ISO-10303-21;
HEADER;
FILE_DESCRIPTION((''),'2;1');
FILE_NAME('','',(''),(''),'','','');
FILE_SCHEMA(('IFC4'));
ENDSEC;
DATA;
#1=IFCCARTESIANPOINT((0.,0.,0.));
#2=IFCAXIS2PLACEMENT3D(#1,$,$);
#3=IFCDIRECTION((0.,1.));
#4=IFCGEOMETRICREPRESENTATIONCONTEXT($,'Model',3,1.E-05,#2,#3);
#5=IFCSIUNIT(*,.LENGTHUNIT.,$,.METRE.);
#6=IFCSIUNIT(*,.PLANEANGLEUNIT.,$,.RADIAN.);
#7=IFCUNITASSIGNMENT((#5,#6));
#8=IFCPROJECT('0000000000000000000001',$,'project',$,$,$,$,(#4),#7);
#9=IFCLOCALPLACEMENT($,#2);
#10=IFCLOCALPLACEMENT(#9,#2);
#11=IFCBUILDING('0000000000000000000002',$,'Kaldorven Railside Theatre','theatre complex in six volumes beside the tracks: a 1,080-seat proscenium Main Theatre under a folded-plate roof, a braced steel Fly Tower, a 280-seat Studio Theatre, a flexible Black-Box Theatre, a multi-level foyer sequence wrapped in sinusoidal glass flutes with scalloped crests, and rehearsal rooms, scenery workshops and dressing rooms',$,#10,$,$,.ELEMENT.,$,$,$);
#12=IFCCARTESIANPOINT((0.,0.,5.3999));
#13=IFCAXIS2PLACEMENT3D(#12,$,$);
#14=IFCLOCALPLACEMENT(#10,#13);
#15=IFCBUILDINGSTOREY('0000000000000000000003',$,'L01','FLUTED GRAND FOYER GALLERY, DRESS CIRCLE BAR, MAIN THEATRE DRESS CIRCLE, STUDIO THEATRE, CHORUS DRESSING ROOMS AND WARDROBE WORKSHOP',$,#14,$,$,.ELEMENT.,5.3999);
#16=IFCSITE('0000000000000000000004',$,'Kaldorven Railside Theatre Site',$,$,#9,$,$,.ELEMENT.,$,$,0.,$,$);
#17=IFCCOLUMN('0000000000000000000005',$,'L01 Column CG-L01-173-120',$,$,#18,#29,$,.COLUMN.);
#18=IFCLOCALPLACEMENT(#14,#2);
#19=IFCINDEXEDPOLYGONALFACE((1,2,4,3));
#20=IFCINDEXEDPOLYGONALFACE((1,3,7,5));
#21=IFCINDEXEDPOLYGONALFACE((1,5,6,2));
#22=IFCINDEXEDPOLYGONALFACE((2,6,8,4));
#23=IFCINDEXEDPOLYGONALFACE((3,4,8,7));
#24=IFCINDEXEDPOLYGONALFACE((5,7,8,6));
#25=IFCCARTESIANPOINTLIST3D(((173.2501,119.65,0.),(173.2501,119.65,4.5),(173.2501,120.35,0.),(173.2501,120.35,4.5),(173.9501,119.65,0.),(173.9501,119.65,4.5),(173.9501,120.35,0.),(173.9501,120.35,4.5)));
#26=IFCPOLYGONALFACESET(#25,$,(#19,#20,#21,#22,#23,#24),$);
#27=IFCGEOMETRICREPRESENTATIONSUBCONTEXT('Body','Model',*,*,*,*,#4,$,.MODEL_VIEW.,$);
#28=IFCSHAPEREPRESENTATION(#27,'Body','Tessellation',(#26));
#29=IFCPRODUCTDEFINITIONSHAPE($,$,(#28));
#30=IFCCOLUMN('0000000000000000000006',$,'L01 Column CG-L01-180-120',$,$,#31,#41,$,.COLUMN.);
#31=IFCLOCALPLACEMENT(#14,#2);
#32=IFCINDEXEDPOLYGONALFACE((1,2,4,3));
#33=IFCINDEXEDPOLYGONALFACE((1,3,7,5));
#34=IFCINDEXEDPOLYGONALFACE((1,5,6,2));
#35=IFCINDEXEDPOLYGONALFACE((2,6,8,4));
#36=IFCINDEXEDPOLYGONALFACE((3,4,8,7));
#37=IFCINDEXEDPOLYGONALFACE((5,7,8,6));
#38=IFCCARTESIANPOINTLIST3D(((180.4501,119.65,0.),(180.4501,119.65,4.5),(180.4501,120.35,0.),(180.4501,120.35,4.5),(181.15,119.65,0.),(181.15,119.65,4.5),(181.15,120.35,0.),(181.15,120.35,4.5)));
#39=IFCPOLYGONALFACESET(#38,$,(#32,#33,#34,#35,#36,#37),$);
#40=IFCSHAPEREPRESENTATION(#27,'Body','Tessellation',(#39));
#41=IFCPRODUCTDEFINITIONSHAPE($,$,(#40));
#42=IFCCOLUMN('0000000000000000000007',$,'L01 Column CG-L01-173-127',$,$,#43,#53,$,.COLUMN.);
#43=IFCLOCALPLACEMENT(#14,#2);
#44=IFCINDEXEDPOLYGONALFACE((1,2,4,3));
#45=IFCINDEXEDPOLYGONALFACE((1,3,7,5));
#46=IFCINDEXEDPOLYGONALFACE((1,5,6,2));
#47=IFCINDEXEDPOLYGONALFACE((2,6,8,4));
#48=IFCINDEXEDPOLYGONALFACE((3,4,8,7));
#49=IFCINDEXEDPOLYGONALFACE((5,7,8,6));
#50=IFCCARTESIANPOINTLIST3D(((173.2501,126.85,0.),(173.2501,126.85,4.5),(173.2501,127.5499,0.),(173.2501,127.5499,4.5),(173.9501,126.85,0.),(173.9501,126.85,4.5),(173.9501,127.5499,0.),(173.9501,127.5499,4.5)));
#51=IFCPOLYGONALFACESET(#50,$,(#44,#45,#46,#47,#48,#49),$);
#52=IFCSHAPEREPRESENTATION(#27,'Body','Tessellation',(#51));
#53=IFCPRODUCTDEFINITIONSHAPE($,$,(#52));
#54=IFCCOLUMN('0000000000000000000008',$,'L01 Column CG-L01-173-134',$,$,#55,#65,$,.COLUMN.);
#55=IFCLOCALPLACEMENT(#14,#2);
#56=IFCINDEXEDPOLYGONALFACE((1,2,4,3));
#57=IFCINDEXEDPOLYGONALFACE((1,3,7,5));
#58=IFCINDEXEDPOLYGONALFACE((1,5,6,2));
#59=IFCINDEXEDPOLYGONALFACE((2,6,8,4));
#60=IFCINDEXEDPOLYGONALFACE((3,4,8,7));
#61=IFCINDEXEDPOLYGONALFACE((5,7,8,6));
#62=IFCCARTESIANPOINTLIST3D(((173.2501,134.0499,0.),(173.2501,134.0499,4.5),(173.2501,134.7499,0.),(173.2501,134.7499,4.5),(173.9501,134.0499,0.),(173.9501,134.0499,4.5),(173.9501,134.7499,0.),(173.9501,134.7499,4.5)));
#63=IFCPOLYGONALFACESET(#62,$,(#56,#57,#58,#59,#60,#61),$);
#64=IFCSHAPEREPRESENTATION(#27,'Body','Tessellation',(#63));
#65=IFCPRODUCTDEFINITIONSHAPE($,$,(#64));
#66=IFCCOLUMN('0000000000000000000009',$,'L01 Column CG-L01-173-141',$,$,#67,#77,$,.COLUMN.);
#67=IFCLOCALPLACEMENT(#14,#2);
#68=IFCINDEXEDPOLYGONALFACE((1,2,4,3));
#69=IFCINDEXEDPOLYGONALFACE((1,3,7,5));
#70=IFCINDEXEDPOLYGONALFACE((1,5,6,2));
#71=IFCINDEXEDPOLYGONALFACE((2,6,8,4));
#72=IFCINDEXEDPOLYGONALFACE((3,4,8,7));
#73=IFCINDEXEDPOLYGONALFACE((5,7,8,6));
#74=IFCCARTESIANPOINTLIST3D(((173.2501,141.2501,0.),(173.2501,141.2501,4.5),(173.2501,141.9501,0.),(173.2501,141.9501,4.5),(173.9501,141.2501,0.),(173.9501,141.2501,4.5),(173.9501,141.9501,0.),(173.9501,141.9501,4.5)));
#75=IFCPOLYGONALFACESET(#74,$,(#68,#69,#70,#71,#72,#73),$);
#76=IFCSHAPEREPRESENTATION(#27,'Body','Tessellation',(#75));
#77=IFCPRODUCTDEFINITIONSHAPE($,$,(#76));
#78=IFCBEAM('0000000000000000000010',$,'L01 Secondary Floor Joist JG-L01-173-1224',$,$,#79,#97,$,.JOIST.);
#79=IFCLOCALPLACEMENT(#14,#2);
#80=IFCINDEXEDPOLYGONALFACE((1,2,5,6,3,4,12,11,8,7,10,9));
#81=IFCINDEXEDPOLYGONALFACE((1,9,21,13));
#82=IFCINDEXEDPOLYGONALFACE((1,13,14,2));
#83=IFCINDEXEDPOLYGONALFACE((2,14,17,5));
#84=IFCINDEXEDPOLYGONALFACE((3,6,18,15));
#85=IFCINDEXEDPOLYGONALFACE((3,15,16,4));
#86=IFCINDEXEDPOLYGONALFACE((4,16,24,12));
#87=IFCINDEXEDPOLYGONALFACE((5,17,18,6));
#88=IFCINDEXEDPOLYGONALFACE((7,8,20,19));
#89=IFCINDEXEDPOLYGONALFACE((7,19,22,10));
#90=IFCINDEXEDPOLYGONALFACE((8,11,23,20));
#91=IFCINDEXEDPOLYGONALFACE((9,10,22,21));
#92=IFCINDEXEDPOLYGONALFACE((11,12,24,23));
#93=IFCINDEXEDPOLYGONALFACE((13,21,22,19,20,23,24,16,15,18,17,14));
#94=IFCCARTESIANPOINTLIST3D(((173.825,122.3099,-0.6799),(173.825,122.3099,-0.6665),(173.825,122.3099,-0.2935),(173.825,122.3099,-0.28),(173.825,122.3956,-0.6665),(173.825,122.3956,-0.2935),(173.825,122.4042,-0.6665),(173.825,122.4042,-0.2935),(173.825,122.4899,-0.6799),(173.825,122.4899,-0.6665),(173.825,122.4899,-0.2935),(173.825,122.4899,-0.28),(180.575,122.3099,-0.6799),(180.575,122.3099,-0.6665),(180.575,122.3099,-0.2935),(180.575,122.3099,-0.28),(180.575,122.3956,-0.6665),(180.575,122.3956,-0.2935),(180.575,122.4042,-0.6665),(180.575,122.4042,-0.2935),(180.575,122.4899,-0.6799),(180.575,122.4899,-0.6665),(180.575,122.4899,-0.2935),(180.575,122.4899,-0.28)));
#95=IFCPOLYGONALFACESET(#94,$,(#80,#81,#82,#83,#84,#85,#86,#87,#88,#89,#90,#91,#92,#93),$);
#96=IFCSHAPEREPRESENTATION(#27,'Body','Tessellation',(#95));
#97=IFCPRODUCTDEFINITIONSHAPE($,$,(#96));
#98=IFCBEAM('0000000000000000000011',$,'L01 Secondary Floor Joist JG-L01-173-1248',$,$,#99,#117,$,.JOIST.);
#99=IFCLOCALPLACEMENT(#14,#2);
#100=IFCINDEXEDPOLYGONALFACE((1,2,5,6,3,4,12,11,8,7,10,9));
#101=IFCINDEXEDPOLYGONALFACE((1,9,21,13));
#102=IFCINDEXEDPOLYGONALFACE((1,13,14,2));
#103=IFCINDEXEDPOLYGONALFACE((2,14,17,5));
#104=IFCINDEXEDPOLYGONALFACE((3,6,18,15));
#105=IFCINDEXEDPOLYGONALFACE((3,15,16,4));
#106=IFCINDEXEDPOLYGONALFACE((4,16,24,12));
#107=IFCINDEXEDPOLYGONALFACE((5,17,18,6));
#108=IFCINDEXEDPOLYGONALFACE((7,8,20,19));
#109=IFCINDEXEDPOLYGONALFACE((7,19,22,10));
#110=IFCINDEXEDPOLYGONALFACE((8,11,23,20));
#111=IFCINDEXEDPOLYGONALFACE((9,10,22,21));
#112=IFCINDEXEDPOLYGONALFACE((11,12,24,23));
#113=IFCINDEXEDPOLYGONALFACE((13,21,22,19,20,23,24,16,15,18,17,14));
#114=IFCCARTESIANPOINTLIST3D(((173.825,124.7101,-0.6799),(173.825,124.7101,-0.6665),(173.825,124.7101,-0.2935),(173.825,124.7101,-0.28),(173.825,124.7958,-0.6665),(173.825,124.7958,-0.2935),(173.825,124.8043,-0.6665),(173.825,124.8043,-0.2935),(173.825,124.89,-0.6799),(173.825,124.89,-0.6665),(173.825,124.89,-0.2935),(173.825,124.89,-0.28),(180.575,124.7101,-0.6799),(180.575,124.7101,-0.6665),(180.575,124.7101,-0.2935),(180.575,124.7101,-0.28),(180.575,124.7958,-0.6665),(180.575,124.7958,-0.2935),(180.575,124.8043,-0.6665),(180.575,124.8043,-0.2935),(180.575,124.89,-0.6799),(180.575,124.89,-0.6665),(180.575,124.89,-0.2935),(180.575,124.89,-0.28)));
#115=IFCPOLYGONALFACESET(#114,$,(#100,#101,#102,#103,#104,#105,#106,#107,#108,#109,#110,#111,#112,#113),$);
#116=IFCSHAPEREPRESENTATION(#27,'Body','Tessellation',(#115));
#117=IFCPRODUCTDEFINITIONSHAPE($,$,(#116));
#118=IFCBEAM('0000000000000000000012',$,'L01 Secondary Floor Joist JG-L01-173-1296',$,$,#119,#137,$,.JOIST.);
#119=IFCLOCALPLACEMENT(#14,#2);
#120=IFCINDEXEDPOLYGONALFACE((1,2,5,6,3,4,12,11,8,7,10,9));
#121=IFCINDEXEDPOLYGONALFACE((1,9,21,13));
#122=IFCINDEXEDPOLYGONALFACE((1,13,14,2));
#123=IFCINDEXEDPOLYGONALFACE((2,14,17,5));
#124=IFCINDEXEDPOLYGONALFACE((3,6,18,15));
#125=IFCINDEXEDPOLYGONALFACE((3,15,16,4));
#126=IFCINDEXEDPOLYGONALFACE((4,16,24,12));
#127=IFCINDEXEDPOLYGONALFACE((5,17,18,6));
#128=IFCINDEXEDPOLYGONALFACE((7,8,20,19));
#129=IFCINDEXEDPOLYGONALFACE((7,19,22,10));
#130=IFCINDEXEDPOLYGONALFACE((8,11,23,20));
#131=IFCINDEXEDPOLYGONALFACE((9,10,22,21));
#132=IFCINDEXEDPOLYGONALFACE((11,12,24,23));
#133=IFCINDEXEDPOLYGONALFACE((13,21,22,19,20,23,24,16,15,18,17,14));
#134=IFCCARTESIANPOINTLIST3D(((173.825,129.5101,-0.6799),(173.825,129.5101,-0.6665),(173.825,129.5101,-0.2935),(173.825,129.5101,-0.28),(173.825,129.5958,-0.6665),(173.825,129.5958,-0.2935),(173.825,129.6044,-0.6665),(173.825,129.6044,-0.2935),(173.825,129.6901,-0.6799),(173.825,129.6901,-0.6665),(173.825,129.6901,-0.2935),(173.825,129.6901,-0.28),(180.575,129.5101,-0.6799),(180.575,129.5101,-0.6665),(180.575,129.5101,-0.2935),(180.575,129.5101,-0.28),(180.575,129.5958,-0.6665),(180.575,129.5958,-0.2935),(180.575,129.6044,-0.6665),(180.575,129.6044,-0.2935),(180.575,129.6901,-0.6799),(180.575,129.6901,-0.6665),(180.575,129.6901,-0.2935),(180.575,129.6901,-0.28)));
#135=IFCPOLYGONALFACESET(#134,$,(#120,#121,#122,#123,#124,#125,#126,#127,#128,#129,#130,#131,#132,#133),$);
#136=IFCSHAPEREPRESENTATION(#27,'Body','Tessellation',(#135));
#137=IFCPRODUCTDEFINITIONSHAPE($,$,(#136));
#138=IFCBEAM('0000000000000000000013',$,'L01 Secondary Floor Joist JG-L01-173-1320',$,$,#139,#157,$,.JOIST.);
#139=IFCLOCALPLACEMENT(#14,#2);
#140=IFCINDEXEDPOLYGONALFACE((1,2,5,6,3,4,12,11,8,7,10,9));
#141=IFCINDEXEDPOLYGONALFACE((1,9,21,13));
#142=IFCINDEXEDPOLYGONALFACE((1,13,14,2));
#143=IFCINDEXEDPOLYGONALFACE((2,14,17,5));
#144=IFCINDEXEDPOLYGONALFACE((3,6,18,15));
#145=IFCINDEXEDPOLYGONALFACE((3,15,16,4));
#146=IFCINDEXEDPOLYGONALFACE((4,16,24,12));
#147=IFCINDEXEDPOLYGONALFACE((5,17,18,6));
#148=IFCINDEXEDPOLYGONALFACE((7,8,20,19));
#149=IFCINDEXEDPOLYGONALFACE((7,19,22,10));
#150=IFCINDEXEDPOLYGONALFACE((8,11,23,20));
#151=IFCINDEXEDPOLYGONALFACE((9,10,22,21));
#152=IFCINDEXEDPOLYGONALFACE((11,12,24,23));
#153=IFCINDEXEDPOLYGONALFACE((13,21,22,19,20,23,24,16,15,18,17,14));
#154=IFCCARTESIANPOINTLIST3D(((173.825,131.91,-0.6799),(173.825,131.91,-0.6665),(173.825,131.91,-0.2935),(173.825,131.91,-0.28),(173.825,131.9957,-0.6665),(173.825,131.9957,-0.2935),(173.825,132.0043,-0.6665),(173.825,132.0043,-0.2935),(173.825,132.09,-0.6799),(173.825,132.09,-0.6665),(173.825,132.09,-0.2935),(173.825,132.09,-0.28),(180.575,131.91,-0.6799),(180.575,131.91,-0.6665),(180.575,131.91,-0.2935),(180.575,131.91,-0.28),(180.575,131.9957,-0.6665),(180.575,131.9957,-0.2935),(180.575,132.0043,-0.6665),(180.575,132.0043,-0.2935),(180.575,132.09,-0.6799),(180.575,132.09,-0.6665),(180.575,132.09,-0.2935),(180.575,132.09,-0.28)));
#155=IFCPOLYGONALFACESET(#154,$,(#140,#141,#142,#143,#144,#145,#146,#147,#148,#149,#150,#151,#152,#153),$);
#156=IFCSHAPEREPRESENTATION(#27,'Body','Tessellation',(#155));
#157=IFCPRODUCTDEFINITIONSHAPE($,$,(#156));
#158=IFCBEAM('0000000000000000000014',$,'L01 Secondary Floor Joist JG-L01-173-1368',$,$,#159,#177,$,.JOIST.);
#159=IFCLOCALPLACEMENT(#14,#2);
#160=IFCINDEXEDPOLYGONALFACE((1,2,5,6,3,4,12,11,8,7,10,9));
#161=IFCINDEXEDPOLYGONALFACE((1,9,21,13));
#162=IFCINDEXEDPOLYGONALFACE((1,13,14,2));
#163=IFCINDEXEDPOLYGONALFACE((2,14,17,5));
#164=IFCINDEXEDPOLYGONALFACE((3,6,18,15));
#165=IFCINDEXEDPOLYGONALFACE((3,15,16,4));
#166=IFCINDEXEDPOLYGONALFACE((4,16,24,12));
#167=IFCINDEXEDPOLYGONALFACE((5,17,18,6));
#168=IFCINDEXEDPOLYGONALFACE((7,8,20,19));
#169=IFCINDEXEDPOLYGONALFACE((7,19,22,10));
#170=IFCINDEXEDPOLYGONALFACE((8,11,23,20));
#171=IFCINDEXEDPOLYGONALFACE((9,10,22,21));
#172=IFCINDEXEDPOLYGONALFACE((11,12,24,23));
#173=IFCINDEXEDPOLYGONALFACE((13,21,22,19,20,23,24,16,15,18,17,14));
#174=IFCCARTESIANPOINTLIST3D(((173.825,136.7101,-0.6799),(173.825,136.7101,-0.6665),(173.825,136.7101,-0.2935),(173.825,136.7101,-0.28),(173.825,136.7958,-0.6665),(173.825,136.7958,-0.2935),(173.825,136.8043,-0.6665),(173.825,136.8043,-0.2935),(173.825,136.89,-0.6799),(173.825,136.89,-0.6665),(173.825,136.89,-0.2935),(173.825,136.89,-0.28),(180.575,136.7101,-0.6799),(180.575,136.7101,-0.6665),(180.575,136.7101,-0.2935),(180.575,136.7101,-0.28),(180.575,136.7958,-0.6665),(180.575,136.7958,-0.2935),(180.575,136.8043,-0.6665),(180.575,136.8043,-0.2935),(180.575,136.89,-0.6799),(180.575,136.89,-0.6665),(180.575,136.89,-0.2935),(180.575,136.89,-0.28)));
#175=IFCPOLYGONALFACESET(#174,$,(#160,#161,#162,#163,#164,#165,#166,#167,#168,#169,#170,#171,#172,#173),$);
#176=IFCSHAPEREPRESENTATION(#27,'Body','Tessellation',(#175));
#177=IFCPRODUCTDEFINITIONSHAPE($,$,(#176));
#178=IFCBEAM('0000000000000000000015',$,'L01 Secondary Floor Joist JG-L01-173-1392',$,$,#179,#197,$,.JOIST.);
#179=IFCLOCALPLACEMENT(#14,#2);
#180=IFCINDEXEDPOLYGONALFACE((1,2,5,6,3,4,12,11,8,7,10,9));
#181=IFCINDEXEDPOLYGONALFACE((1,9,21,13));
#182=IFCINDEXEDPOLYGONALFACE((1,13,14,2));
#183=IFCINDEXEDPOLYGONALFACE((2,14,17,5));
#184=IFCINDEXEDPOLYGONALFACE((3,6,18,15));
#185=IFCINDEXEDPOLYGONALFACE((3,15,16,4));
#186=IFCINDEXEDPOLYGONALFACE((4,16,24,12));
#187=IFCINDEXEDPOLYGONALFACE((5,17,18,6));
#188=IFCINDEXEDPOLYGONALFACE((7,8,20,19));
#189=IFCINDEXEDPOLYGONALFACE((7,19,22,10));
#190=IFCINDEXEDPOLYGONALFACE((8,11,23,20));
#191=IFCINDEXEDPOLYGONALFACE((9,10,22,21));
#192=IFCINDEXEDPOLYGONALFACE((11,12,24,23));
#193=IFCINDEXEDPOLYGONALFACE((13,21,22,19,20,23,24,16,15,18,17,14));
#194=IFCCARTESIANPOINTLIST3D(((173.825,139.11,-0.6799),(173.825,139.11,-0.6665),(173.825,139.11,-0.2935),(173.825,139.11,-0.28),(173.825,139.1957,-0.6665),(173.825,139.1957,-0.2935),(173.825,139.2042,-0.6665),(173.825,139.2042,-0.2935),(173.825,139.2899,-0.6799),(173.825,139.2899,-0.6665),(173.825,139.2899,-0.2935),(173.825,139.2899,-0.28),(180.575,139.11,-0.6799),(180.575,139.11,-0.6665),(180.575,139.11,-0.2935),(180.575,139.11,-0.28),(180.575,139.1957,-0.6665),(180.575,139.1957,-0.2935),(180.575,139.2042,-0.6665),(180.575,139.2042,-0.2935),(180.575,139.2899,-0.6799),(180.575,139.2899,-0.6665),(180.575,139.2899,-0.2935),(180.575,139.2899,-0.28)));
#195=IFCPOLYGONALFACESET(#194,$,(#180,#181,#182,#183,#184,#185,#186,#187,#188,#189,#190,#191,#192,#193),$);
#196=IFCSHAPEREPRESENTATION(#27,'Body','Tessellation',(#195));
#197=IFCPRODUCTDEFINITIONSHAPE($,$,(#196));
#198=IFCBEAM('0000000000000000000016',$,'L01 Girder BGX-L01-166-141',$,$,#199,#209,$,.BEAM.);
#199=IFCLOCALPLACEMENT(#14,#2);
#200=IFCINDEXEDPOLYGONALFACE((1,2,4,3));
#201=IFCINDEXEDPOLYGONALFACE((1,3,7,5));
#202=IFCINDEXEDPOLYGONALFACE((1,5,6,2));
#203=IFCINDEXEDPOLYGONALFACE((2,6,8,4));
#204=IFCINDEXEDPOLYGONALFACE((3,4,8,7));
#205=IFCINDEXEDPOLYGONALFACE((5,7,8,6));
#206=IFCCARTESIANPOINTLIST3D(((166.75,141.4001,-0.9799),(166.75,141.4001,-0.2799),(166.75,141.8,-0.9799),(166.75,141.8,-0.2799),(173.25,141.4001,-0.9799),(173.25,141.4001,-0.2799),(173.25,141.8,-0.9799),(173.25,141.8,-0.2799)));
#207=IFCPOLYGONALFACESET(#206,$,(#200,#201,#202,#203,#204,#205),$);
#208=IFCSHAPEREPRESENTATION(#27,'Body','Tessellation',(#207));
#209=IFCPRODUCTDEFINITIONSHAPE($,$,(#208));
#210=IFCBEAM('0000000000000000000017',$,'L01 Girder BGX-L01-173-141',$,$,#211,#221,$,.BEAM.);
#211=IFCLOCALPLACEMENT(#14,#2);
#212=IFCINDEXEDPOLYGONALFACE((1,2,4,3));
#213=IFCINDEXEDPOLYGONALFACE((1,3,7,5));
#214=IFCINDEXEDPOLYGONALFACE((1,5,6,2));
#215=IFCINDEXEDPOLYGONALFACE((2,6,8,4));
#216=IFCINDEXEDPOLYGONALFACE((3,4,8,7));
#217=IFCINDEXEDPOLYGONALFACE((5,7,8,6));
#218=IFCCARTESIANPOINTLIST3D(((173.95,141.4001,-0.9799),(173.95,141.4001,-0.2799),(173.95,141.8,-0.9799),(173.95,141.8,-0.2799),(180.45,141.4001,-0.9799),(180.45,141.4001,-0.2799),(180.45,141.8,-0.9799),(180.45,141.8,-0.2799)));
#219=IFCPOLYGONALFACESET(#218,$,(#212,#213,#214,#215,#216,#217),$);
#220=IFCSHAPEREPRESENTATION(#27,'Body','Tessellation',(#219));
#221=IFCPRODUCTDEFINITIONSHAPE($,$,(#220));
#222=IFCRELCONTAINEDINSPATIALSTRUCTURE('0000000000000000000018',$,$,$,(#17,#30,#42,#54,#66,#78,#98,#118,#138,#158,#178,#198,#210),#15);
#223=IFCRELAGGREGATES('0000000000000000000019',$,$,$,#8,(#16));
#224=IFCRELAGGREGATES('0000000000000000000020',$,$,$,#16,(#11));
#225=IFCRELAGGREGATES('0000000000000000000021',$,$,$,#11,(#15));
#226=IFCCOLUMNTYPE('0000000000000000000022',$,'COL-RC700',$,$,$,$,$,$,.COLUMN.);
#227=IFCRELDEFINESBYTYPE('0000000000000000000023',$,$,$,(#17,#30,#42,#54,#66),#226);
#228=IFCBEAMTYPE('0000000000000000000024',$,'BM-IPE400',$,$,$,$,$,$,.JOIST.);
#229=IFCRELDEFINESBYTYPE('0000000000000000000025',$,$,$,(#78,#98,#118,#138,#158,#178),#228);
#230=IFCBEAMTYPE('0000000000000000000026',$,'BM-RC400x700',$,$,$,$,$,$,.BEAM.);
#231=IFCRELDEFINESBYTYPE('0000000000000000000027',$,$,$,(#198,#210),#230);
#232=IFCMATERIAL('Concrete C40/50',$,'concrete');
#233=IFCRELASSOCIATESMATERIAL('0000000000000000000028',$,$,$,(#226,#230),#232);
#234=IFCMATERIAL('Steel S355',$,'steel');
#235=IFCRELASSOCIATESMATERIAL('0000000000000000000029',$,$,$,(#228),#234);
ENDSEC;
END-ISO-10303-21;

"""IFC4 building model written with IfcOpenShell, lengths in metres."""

from ifc_helpers import new_model, si_unit, direction, frame, origin, origin_2d, place, context, subcontext, project, spatial, rectangle, i_section, extrude, material, material_profile, profile_set, type_object, element, save


model = new_model("IFC4")

# Units and contexts
model_context = context("Model", 3, precision=1e-05, world=origin(), true_north=direction((0.0, 1.0)))
body_context = subcontext(model_context, "Body", "Model", "MODEL_VIEW")
ifc_project = project(units=[si_unit("LENGTHUNIT", "METRE"), si_unit("PLANEANGLEUNIT", "RADIAN")], contexts=[model_context])

# Site, building, storey
site_placement = place(None, origin())
site = spatial("IfcSite", under=ifc_project, at=site_placement, Name="Kaldorven Railside Theatre Site", CompositionType="ELEMENT", RefElevation=0.0)
building_placement = place(site_placement, origin())
building = spatial("IfcBuilding", under=site, at=building_placement, Name="Kaldorven Railside Theatre", Description="theatre complex in six volumes beside the tracks: a 1,080-seat proscenium Main Theatre under a folded-plate roof, a braced steel Fly Tower, a 280-seat Studio Theatre, a flexible Black-Box Theatre, a multi-level foyer sequence wrapped in sinusoidal glass flutes with scalloped crests, and rehearsal rooms, scenery workshops and dressing rooms", CompositionType="ELEMENT")
storey_placement = place(building_placement, frame((0.0, 0.0, 5.3999)))
storey = spatial("IfcBuildingStorey", under=building, at=storey_placement, Name="L01", Description="FLUTED GRAND FOYER GALLERY, DRESS CIRCLE BAR, MAIN THEATRE DRESS CIRCLE, STUDIO THEATRE, CHORUS DRESSING ROOMS AND WARDROBE WORKSHOP", CompositionType="ELEMENT", Elevation=5.3999)

# Columns
ifc_material_1 = material(Name="Concrete C40/50", Category="concrete")
ifc_material_profile_1 = material_profile(ifc_material_1, rectangle(XDim=0.7, YDim=0.7, at=origin_2d()), Name="RC 700x700")
ifc_profile_set_1 = profile_set([ifc_material_profile_1], Name="Concrete C40/50")
column_type = type_object("IfcColumnType", Name="COL-RC700", PredefinedType="COLUMN", material=ifc_profile_set_1)
for number, where, z_axis, x_axis, name in (
    (1, (173.6001, 120.0, 0.0), (0.0, 0.0, 1.0), (0.0, 1.0, 0.0), "L01 Column CG-L01-173-120"),
    (2, (180.8, 120.0, 0.0), (0.0, 0.0, 1.0), (1.0, 0.0, 0.0), "L01 Column CG-L01-180-120"),
    (3, (173.6001, 127.2, 0.0), (0.0, 0.0, 1.0), (1.0, 0.0, 0.0), "L01 Column CG-L01-173-127"),
    (4, (173.6001, 134.3999, 0.0), (0.0, 0.0, 1.0), (1.0, 0.0, 0.0), "L01 Column CG-L01-173-134"),
    (5, (173.6001, 141.6001, 0.0), (0.0, 0.0, 1.0), (0.0, 1.0, 0.0), "L01 Column CG-L01-173-141"),
):
    element("IfcColumn", number, at=place(storey_placement, frame(where, z_axis=z_axis, x_axis=x_axis)), inside=storey, type_object=column_type, Name=name, PredefinedType="COLUMN", context=body_context, shape_type="SweptSolid", body=[
        extrude(rectangle(XDim=0.7, YDim=0.7, at=origin_2d()), origin(), (0.0, 0.0, 1.0), 4.5),
    ])

# Beams
ifc_material_2 = material(Name="Steel S355", Category="steel")
ifc_material_profile_2 = material_profile(ifc_material_2, i_section(OverallWidth=0.1799, OverallDepth=0.3999, WebThickness=0.0085, FlangeThickness=0.0134, at=origin_2d()), Name="IPE 400")
ifc_profile_set_2 = profile_set([ifc_material_profile_2], Name="Steel S355")
beam_type_1 = type_object("IfcBeamType", Name="BM-IPE400", PredefinedType="JOIST", material=ifc_profile_set_2)
for number, where, z_axis, x_axis, name in (
    (6, (173.825, 122.3999, -0.48), (1.0, 0.0, 0.0), (0.0, 1.0, 0.0), "L01 Secondary Floor Joist JG-L01-173-1224"),
    (7, (173.825, 124.8, -0.48), (1.0, 0.0, 0.0), (0.0, 1.0, 0.0), "L01 Secondary Floor Joist JG-L01-173-1248"),
    (8, (173.825, 129.6001, -0.48), (1.0, 0.0, 0.0), (0.0, 1.0, 0.0), "L01 Secondary Floor Joist JG-L01-173-1296"),
    (9, (173.825, 132.0, -0.48), (1.0, 0.0, 0.0), (0.0, 1.0, 0.0), "L01 Secondary Floor Joist JG-L01-173-1320"),
    (10, (173.825, 136.8, -0.48), (1.0, 0.0, 0.0), (0.0, 1.0, 0.0), "L01 Secondary Floor Joist JG-L01-173-1368"),
    (11, (173.825, 139.2, -0.48), (1.0, 0.0, 0.0), (0.0, 1.0, 0.0), "L01 Secondary Floor Joist JG-L01-173-1392"),
):
    element("IfcBeam", number, at=place(storey_placement, frame(where, z_axis=z_axis, x_axis=x_axis)), inside=storey, type_object=beam_type_1, Name=name, PredefinedType="JOIST", context=body_context, shape_type="SweptSolid", body=[
        extrude(i_section(OverallWidth=0.1799, OverallDepth=0.3999, WebThickness=0.0085, FlangeThickness=0.0134, at=origin_2d()), origin(), (0.0, 0.0, 1.0), 6.75),
    ])
ifc_material_profile_3 = material_profile(ifc_material_1, rectangle(XDim=0.3999, YDim=0.7, at=origin_2d()), Name="RC 400x700")
ifc_profile_set_3 = profile_set([ifc_material_profile_3], Name="Concrete C40/50")
beam_type_2 = type_object("IfcBeamType", Name="BM-RC400x700", PredefinedType="BEAM", material=ifc_profile_set_3)
for number, where, z_axis, x_axis, name in (
    (12, (166.75, 141.6001, -0.6299), (1.0, 0.0, 0.0), (0.0, 1.0, 0.0), "L01 Girder BGX-L01-166-141"),
    (13, (173.95, 141.6001, -0.6299), (1.0, 0.0, 0.0), (0.0, 1.0, 0.0), "L01 Girder BGX-L01-173-141"),
):
    element("IfcBeam", number, at=place(storey_placement, frame(where, z_axis=z_axis, x_axis=x_axis)), inside=storey, type_object=beam_type_2, Name=name, PredefinedType="BEAM", context=body_context, shape_type="SweptSolid", body=[
        extrude(rectangle(XDim=0.3999, YDim=0.7, at=origin_2d()), origin(), (0.0, 0.0, 1.0), 6.5),
    ])

save(model, "model.ifc")
